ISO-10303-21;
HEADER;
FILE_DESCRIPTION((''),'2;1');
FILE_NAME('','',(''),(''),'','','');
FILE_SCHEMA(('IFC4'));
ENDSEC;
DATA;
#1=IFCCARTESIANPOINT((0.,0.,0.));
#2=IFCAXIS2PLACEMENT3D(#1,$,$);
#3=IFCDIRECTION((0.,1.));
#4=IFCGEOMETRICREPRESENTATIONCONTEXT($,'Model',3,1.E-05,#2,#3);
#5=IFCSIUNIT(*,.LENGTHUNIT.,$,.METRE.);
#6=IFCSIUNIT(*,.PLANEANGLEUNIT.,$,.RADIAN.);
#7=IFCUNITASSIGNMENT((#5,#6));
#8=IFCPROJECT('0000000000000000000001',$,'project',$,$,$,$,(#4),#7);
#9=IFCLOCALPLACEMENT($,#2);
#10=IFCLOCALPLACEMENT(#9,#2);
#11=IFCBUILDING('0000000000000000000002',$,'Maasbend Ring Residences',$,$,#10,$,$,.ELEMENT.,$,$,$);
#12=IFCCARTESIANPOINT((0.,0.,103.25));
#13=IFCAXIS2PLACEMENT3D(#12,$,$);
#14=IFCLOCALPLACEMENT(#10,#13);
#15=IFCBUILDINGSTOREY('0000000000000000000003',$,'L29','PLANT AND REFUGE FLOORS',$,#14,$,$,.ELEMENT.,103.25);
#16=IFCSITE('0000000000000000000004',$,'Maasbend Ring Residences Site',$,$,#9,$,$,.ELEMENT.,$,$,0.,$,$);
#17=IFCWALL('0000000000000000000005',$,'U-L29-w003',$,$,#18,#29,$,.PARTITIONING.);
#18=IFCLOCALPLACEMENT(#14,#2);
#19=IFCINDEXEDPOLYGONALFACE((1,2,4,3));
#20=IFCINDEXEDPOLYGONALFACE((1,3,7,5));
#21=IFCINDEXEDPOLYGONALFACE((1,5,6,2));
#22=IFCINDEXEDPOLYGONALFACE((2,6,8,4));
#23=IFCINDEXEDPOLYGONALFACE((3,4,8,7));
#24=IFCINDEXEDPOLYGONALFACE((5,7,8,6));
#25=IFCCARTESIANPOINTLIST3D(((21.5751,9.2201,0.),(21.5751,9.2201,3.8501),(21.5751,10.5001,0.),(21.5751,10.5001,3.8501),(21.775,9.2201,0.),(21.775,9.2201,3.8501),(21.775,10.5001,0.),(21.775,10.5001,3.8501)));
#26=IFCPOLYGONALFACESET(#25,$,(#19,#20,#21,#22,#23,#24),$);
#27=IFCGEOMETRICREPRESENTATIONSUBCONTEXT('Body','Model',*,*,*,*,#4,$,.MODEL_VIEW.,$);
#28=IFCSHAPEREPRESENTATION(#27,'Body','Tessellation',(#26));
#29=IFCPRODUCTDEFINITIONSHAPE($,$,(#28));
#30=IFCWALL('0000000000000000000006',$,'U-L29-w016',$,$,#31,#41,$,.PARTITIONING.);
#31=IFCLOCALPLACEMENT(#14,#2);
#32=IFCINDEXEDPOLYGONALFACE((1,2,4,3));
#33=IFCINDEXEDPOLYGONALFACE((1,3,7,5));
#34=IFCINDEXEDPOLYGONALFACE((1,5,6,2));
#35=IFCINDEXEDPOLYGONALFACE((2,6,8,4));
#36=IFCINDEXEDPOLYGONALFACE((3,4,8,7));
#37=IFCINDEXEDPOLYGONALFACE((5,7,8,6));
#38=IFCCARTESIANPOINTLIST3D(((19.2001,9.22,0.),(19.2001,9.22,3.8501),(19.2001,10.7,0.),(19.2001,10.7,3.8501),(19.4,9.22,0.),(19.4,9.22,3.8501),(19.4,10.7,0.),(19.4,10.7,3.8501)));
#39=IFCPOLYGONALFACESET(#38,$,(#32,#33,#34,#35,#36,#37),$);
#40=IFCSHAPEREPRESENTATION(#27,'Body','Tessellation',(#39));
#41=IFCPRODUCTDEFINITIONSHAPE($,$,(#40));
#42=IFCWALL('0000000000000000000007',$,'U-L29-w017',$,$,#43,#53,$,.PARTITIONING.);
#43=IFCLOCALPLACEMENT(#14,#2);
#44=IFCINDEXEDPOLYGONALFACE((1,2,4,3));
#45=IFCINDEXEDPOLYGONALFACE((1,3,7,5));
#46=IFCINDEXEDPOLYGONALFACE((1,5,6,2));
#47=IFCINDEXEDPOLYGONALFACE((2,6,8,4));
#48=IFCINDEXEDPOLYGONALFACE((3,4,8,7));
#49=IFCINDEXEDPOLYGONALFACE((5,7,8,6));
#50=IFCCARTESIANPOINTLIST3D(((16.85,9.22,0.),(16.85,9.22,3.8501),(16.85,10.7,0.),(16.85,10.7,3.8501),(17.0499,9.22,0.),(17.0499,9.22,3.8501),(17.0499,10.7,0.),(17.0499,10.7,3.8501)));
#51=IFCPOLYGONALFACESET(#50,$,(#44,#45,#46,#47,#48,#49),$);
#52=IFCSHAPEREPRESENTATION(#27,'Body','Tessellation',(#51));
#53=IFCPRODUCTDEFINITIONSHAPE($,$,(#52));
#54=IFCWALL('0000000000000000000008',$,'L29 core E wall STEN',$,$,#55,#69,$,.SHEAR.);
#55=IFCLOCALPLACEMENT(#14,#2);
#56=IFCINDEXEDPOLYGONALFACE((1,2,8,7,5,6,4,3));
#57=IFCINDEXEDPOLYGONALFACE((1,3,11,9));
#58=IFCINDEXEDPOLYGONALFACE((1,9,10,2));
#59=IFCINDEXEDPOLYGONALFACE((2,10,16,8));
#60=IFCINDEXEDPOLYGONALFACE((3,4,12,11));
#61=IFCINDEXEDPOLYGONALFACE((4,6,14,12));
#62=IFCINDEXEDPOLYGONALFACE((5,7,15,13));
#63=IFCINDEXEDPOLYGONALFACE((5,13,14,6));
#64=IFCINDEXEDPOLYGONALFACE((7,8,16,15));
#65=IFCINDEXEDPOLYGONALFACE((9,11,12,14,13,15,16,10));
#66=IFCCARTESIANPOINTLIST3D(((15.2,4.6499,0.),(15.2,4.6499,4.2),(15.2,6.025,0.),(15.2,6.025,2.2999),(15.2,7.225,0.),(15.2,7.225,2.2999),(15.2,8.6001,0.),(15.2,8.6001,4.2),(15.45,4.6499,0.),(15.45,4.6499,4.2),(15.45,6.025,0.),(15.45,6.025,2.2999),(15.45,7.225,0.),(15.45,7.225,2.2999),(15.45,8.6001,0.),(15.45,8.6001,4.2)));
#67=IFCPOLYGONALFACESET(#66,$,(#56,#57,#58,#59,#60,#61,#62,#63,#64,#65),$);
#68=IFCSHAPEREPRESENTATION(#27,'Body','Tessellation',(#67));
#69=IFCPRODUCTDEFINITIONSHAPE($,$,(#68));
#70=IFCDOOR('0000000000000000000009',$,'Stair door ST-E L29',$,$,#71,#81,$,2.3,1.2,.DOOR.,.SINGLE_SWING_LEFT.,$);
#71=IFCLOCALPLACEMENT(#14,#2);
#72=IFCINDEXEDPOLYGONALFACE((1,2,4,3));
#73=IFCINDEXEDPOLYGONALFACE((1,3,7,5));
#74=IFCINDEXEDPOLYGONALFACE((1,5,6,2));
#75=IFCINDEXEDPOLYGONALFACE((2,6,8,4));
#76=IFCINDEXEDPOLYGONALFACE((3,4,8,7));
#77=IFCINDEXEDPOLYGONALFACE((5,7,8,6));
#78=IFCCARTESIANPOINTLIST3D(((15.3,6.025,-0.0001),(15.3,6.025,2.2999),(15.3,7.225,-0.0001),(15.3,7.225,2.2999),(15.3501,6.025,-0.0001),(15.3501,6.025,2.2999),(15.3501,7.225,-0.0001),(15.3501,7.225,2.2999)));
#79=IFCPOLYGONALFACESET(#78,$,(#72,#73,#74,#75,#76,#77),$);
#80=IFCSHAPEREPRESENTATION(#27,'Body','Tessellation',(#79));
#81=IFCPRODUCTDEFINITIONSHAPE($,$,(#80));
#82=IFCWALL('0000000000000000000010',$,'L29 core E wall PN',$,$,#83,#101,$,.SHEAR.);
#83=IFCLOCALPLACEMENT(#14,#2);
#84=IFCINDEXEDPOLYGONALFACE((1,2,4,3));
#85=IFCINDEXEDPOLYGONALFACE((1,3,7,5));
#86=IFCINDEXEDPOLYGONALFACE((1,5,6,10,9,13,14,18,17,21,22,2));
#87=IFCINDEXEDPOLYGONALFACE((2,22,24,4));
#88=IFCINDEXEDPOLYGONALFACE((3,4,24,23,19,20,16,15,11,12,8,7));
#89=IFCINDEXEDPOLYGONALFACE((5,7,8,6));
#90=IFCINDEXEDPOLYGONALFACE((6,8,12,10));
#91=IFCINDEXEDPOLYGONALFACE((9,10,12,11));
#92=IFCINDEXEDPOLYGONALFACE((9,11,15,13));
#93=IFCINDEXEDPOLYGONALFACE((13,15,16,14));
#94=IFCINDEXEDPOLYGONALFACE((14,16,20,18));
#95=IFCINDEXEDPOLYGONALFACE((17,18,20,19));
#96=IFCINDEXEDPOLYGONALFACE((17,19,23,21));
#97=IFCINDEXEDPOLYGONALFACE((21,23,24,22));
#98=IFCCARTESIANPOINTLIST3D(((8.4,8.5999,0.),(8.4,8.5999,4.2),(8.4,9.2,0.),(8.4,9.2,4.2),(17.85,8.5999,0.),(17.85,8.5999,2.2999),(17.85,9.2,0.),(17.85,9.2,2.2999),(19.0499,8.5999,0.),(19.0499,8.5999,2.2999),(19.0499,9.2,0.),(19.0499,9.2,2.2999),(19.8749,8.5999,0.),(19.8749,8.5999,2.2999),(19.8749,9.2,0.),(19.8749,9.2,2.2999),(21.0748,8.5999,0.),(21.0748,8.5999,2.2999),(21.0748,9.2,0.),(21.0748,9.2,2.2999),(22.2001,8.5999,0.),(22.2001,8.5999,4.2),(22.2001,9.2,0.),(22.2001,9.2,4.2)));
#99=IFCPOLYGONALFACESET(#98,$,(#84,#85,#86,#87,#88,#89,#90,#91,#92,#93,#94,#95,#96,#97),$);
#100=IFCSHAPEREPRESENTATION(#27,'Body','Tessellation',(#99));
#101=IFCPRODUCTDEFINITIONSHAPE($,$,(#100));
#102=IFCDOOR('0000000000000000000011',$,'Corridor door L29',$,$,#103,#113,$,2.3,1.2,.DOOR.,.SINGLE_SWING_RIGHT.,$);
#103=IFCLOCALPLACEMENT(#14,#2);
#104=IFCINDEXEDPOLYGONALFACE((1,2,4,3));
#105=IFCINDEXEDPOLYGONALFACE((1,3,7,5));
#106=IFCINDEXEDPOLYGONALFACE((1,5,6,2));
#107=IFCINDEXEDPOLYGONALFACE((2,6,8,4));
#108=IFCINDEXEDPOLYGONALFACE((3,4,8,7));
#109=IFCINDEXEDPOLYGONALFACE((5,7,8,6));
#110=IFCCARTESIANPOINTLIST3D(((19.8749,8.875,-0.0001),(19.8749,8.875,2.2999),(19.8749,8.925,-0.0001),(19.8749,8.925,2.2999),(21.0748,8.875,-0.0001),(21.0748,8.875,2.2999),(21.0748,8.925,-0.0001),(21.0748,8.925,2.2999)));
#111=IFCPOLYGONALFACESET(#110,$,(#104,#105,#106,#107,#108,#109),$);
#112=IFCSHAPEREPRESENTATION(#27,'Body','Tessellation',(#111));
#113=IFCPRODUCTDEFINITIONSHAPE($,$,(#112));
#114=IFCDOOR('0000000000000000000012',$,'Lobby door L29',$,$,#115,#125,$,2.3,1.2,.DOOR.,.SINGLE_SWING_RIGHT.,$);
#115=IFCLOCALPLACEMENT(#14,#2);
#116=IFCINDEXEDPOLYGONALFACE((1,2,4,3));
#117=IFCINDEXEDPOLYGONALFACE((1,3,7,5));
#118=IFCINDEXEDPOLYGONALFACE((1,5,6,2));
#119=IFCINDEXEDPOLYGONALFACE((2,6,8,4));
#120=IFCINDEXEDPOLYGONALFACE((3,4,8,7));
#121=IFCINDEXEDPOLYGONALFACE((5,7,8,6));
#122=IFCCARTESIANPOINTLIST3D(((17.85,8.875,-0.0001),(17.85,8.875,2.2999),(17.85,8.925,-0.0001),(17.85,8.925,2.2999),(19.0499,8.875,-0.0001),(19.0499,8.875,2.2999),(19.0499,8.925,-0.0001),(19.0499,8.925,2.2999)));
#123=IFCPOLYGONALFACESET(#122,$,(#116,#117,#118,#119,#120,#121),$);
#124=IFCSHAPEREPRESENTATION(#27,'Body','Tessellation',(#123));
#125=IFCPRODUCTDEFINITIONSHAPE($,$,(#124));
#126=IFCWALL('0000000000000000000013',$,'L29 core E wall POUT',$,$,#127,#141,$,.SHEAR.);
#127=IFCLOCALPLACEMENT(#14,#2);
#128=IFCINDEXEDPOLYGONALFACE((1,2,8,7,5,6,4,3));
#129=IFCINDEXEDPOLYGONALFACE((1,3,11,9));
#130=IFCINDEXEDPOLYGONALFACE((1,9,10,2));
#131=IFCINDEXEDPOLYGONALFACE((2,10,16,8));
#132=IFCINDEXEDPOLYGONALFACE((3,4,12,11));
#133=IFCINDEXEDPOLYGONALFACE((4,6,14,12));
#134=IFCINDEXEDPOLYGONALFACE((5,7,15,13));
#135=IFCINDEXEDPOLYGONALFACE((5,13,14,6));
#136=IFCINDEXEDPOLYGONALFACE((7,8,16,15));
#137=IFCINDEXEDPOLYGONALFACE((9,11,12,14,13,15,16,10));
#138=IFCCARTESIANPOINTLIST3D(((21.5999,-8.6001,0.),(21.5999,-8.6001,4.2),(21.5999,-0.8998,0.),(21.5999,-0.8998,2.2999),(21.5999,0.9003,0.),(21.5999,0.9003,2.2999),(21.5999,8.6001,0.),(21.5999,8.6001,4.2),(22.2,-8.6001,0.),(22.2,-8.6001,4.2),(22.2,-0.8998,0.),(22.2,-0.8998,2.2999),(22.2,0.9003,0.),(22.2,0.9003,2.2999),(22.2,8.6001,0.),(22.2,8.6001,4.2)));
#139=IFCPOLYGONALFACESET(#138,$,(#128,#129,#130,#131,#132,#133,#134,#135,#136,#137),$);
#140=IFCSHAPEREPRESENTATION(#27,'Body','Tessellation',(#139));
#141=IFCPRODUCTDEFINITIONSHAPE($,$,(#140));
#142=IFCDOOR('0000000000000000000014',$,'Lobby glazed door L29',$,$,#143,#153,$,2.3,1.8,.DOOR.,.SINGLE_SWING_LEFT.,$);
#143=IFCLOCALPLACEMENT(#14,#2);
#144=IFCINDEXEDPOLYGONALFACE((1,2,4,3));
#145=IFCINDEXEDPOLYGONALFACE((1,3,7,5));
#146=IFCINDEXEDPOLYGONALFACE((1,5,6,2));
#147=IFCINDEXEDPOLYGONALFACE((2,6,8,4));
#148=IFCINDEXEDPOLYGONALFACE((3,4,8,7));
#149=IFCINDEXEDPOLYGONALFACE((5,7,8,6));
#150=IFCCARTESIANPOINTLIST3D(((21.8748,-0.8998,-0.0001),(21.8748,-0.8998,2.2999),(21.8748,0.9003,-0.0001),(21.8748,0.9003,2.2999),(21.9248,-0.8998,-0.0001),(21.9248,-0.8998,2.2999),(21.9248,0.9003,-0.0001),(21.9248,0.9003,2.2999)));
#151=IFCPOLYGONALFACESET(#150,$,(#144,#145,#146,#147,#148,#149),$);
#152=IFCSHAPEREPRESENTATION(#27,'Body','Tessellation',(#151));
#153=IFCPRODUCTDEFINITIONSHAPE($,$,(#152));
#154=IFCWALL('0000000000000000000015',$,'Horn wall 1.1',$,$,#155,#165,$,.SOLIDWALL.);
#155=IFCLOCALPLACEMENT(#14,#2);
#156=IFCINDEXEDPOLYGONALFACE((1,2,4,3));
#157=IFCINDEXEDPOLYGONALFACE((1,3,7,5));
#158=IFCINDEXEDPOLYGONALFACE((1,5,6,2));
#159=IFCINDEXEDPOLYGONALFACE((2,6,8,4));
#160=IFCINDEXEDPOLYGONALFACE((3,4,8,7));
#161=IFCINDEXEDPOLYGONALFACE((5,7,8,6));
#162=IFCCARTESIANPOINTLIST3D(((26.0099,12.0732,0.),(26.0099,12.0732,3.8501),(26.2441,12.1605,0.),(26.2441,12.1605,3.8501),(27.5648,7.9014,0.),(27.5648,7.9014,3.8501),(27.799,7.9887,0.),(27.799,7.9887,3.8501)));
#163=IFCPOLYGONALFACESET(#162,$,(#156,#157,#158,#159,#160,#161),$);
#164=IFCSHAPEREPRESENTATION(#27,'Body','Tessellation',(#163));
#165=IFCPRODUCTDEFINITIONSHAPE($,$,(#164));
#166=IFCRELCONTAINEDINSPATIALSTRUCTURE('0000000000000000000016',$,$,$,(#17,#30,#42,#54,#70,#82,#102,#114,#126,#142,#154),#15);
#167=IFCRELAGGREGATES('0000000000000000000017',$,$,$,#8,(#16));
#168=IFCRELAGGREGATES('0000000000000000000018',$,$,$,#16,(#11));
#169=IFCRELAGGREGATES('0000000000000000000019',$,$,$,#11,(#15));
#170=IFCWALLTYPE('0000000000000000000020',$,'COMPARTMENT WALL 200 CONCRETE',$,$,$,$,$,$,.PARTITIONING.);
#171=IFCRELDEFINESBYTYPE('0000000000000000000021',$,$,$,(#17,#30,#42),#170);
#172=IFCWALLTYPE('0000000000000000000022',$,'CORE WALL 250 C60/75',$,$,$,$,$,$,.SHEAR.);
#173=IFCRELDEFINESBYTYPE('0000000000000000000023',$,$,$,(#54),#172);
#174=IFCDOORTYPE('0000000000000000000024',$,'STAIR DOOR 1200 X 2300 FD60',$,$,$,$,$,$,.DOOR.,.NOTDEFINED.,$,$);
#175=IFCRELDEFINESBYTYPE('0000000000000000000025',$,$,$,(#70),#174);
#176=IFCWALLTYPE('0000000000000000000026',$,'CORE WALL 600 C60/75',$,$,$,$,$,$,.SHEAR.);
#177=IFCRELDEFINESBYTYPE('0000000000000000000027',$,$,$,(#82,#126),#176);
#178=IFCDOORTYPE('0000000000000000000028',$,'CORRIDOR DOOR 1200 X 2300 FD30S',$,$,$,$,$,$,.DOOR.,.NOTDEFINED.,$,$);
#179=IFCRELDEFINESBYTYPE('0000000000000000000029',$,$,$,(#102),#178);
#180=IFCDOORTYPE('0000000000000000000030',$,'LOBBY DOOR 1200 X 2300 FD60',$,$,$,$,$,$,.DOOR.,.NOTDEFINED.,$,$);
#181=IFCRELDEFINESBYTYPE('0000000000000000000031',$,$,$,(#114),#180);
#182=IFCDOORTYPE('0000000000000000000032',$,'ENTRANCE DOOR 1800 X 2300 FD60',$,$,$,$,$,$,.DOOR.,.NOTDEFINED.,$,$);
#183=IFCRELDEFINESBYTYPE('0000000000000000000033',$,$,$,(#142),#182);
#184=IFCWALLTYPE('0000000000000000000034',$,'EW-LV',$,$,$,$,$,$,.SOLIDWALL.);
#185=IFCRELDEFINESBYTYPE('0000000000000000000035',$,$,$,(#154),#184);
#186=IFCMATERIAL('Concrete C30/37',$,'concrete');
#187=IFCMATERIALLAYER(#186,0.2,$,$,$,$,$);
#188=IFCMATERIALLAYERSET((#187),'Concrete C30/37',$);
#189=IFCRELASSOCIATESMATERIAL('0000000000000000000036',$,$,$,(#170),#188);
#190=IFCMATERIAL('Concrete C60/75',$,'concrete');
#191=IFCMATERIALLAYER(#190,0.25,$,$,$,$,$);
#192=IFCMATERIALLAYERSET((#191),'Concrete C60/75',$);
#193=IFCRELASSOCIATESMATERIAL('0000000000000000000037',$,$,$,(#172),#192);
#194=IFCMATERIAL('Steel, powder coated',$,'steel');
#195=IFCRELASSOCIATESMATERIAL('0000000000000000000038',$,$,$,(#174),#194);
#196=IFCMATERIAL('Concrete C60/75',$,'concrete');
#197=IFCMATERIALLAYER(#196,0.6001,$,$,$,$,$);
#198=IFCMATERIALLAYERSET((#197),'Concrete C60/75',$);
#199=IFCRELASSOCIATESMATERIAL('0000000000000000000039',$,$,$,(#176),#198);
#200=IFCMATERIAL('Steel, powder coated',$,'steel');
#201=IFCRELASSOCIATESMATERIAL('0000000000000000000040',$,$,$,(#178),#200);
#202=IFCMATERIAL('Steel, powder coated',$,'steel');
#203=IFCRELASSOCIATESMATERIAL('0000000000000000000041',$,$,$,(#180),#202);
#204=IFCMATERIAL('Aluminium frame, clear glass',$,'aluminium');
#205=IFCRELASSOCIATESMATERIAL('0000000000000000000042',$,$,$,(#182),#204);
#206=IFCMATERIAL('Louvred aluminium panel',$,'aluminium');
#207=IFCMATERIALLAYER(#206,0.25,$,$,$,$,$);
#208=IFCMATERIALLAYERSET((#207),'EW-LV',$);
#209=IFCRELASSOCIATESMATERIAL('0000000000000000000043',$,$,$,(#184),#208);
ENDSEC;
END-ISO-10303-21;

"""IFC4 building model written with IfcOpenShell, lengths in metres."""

from ifc_helpers import new_model, si_unit, direction, frame, frame_2d, origin, place, context, subcontext, project, spatial, rectangle, extrude, material, layer, layer_set, type_object, element, fill, save


model = new_model("IFC4")

# Units and contexts
model_context = context("Model", 3, precision=1e-05, world=origin(), true_north=direction((0.0, 1.0)))
body_context = subcontext(model_context, "Body", "Model", "MODEL_VIEW")
ifc_project = project(units=[si_unit("LENGTHUNIT", "METRE"), si_unit("PLANEANGLEUNIT", "RADIAN")], contexts=[model_context])

# Site, building, storey
site_placement = place(None, origin())
site = spatial("IfcSite", under=ifc_project, at=site_placement, Name="Maasbend Ring Residences Site", CompositionType="ELEMENT", RefElevation=0.0)
building_placement = place(site_placement, origin())
building = spatial("IfcBuilding", under=site, at=building_placement, Name="Maasbend Ring Residences", CompositionType="ELEMENT")
storey_placement = place(building_placement, frame((0.0, 0.0, 103.25)))
storey = spatial("IfcBuildingStorey", under=building, at=storey_placement, Name="L29", Description="PLANT AND REFUGE FLOORS", CompositionType="ELEMENT", Elevation=103.25)

# Walls
ifc_material_1 = material(Name="Concrete C30/37", Category="concrete")
ifc_layer_1 = layer(ifc_material_1, 0.2)
ifc_layer_set_1 = layer_set([ifc_layer_1], Name="Concrete C30/37")
wall_type_1 = type_object("IfcWallType", Name="COMPARTMENT WALL 200 CONCRETE", PredefinedType="PARTITIONING", material=ifc_layer_set_1)
wall_1_placement = place(storey_placement, frame((21.675, 9.22, 0.0), z_axis=(0.0, 0.0, 1.0), x_axis=(0.0, 1.0, 0.0)))
element("IfcWall", 1, at=wall_1_placement, inside=storey, type_object=wall_type_1, Name="U-L29-w003", PredefinedType="PARTITIONING", context=body_context, shape_type="SweptSolid", body=[
    extrude(rectangle(XDim=1.28, YDim=0.2, at=frame_2d((0.6401, 0.0))), origin(), (0.0, 0.0, 1.0), 3.8501),
])
for number, where, z_axis, x_axis, name in (
    (2, (19.3, 9.22, 0.0), (0.0, 0.0, 1.0), (0.0, 1.0, 0.0), "U-L29-w016"),
    (3, (16.95, 9.22, 0.0), (0.0, 0.0, 1.0), (0.0, 1.0, 0.0), "U-L29-w017"),
):
    element("IfcWall", number, at=place(storey_placement, frame(where, z_axis=z_axis, x_axis=x_axis)), inside=storey, type_object=wall_type_1, Name=name, PredefinedType="PARTITIONING", context=body_context, shape_type="SweptSolid", body=[
        extrude(rectangle(XDim=1.48, YDim=0.2, at=frame_2d((0.74, 0.0))), origin(), (0.0, 0.0, 1.0), 3.8501),
    ])

# Wall, opening, door
ifc_material_2 = material(Name="Concrete C60/75", Category="concrete")
ifc_layer_2 = layer(ifc_material_2, 0.25)
ifc_layer_set_2 = layer_set([ifc_layer_2], Name="Concrete C60/75")
wall_type_2 = type_object("IfcWallType", Name="CORE WALL 250 C60/75", PredefinedType="SHEAR", material=ifc_layer_set_2)
wall_2_placement = place(storey_placement, frame((15.325, 4.6499, 0.0), z_axis=(0.0, 0.0, 1.0), x_axis=(0.0, 1.0, 0.0)))
wall_2 = element("IfcWall", 4, at=wall_2_placement, inside=storey, type_object=wall_type_2, Name="L29 core E wall STEN", PredefinedType="SHEAR", context=body_context, shape_type="SweptSolid", body=[
    extrude(rectangle(XDim=3.9502, YDim=0.25, at=frame_2d((1.9751, 0.0))), origin(), (0.0, 0.0, 1.0), 4.2),
])
opening_1_placement = place(wall_2_placement, frame((1.375, 0.0, 0.0)))
opening_1 = element("IfcOpeningElement", 5, at=opening_1_placement, cuts=wall_2, PredefinedType="OPENING", context=body_context, shape_type="SweptSolid", body=[
    extrude(rectangle(XDim=1.2, YDim=2.3, at=frame_2d((0.6001, 1.1499))), frame((0.0, 0.135, 0.0), z_axis=(0.0, -1.0, 0.0), x_axis=(1.0, 0.0, 0.0)), (0.0, 0.0, 1.0), 0.27),
])
ifc_material_3 = material(Name="Steel, powder coated", Category="steel")
door_type_1 = type_object("IfcDoorType", Name="STAIR DOOR 1200 X 2300 FD60", OperationType="NOTDEFINED", PredefinedType="DOOR", material=ifc_material_3)
door_1_placement = place(opening_1_placement, origin())
door_1 = element("IfcDoor", 6, at=door_1_placement, inside=storey, type_object=door_type_1, Name="Stair door ST-E L29", OperationType="SINGLE_SWING_LEFT", OverallHeight=2.3, OverallWidth=1.2, PredefinedType="DOOR", context=body_context, shape_type="SweptSolid", body=[
    extrude(rectangle(XDim=1.2, YDim=2.3, at=frame_2d((0.6001, 1.1499))), frame((0.0, 0.0249, 0.0), z_axis=(0.0, -1.0, 0.0), x_axis=(1.0, 0.0, 0.0)), (0.0, 0.0, 1.0), 0.05),
])
fill(opening_1, door_1)

# Wall, openings, doors
ifc_material_4 = material(Name="Concrete C60/75", Category="concrete")
ifc_layer_3 = layer(ifc_material_4, 0.6001)
ifc_layer_set_3 = layer_set([ifc_layer_3], Name="Concrete C60/75")
wall_type_3 = type_object("IfcWallType", Name="CORE WALL 600 C60/75", PredefinedType="SHEAR", material=ifc_layer_set_3)
wall_3_placement = place(storey_placement, frame((22.2, 8.8999, 0.0), z_axis=(0.0, 0.0, 1.0), x_axis=(-1.0, 0.0, 0.0)))
wall_3 = element("IfcWall", 7, at=wall_3_placement, inside=storey, type_object=wall_type_3, Name="L29 core E wall PN", PredefinedType="SHEAR", context=body_context, shape_type="SweptSolid", body=[
    extrude(rectangle(XDim=13.8, YDim=0.6001, at=frame_2d((6.8999, 0.0))), origin(), (0.0, 0.0, 1.0), 4.2),
])
opening_2_placement = place(wall_3_placement, frame((1.125, 0.0, 0.0)))
opening_2 = element("IfcOpeningElement", 8, at=opening_2_placement, cuts=wall_3, PredefinedType="OPENING", context=body_context, shape_type="SweptSolid", body=[
    extrude(rectangle(XDim=1.2, YDim=2.3, at=frame_2d((0.6001, 1.1499))), frame((0.0, 0.3101, 0.0), z_axis=(0.0, -1.0, 0.0), x_axis=(1.0, 0.0, 0.0)), (0.0, 0.0, 1.0), 0.6201),
])
opening_3_placement = place(wall_3_placement, frame((3.1499, 0.0, 0.0)))
opening_3 = element("IfcOpeningElement", 9, at=opening_3_placement, cuts=wall_3, PredefinedType="OPENING", context=body_context, shape_type="SweptSolid", body=[
    extrude(rectangle(XDim=1.2, YDim=2.3, at=frame_2d((0.6001, 1.1499))), frame((0.0, 0.3101, 0.0), z_axis=(0.0, -1.0, 0.0), x_axis=(1.0, 0.0, 0.0)), (0.0, 0.0, 1.0), 0.6201),
])
ifc_material_5 = material(Name="Steel, powder coated", Category="steel")
door_type_2 = type_object("IfcDoorType", Name="CORRIDOR DOOR 1200 X 2300 FD30S", OperationType="NOTDEFINED", PredefinedType="DOOR", material=ifc_material_5)
door_2_placement = place(opening_2_placement, origin())
door_2 = element("IfcDoor", 10, at=door_2_placement, inside=storey, type_object=door_type_2, Name="Corridor door L29", OperationType="SINGLE_SWING_RIGHT", OverallHeight=2.3, OverallWidth=1.2, PredefinedType="DOOR", context=body_context, shape_type="SweptSolid", body=[
    extrude(rectangle(XDim=1.2, YDim=2.3, at=frame_2d((0.6001, 1.1499))), frame((0.0, 0.0249, 0.0), z_axis=(0.0, -1.0, 0.0), x_axis=(1.0, 0.0, 0.0)), (0.0, 0.0, 1.0), 0.05),
])
fill(opening_2, door_2)
ifc_material_6 = material(Name="Steel, powder coated", Category="steel")
door_type_3 = type_object("IfcDoorType", Name="LOBBY DOOR 1200 X 2300 FD60", OperationType="NOTDEFINED", PredefinedType="DOOR", material=ifc_material_6)
door_3_placement = place(opening_3_placement, origin())
door_3 = element("IfcDoor", 11, at=door_3_placement, inside=storey, type_object=door_type_3, Name="Lobby door L29", OperationType="SINGLE_SWING_RIGHT", OverallHeight=2.3, OverallWidth=1.2, PredefinedType="DOOR", context=body_context, shape_type="SweptSolid", body=[
    extrude(rectangle(XDim=1.2, YDim=2.3, at=frame_2d((0.6001, 1.1499))), frame((0.0, 0.0249, 0.0), z_axis=(0.0, -1.0, 0.0), x_axis=(1.0, 0.0, 0.0)), (0.0, 0.0, 1.0), 0.05),
])
fill(opening_3, door_3)

# Wall, opening, door
wall_4_placement = place(storey_placement, frame((21.8999, 8.6001, 0.0), z_axis=(0.0, 0.0, 1.0), x_axis=(0.0, -1.0, 0.0)))
wall_4 = element("IfcWall", 12, at=wall_4_placement, inside=storey, type_object=wall_type_3, Name="L29 core E wall POUT", PredefinedType="SHEAR", context=body_context, shape_type="SweptSolid", body=[
    extrude(rectangle(XDim=17.2002, YDim=0.6001, at=frame_2d((8.6001, 0.0))), origin(), (0.0, 0.0, 1.0), 4.2),
])
opening_4_placement = place(wall_4_placement, frame((7.7, 0.0, 0.0)))
opening_4 = element("IfcOpeningElement", 13, at=opening_4_placement, cuts=wall_4, PredefinedType="OPENING", context=body_context, shape_type="SweptSolid", body=[
    extrude(rectangle(XDim=1.8, YDim=2.3, at=frame_2d((0.8999, 1.1499))), frame((0.0, 0.3101, 0.0), z_axis=(0.0, -1.0, 0.0), x_axis=(1.0, 0.0, 0.0)), (0.0, 0.0, 1.0), 0.6201),
])
ifc_material_7 = material(Name="Aluminium frame, clear glass", Category="aluminium")
door_type_4 = type_object("IfcDoorType", Name="ENTRANCE DOOR 1800 X 2300 FD60", OperationType="NOTDEFINED", PredefinedType="DOOR", material=ifc_material_7)
door_4_placement = place(opening_4_placement, origin())
door_4 = element("IfcDoor", 14, at=door_4_placement, inside=storey, type_object=door_type_4, Name="Lobby glazed door L29", OperationType="SINGLE_SWING_LEFT", OverallHeight=2.3, OverallWidth=1.8, PredefinedType="DOOR", context=body_context, shape_type="SweptSolid", body=[
    extrude(rectangle(XDim=1.8, YDim=2.3, at=frame_2d((0.8999, 1.1499))), frame((0.0, 0.0249, 0.0), z_axis=(0.0, -1.0, 0.0), x_axis=(1.0, 0.0, 0.0)), (0.0, 0.0, 1.0), 0.05),
])
fill(opening_4, door_4)

# Wall
ifc_material_8 = material(Name="Louvred aluminium panel", Category="aluminium")
ifc_layer_4 = layer(ifc_material_8, 0.25)
ifc_layer_set_4 = layer_set([ifc_layer_4], Name="EW-LV")
wall_type_4 = type_object("IfcWallType", Name="EW-LV", PredefinedType="SOLIDWALL", material=ifc_layer_set_4)
wall_5_placement = place(storey_placement, frame((27.6819, 7.9451, 0.0), z_axis=(0.0, 0.0, 1.0), x_axis=(-0.349248, 0.93703, 0.0)))
element("IfcWall", 15, at=wall_5_placement, inside=storey, type_object=wall_type_4, Name="Horn wall 1.1", PredefinedType="SOLIDWALL", context=body_context, shape_type="SweptSolid", body=[
    extrude(rectangle(XDim=4.4521, YDim=0.25, at=frame_2d((2.2261, 0.0))), origin(), (0.0, 0.0, 1.0), 3.8501),
])

save(model, "model.ifc")
